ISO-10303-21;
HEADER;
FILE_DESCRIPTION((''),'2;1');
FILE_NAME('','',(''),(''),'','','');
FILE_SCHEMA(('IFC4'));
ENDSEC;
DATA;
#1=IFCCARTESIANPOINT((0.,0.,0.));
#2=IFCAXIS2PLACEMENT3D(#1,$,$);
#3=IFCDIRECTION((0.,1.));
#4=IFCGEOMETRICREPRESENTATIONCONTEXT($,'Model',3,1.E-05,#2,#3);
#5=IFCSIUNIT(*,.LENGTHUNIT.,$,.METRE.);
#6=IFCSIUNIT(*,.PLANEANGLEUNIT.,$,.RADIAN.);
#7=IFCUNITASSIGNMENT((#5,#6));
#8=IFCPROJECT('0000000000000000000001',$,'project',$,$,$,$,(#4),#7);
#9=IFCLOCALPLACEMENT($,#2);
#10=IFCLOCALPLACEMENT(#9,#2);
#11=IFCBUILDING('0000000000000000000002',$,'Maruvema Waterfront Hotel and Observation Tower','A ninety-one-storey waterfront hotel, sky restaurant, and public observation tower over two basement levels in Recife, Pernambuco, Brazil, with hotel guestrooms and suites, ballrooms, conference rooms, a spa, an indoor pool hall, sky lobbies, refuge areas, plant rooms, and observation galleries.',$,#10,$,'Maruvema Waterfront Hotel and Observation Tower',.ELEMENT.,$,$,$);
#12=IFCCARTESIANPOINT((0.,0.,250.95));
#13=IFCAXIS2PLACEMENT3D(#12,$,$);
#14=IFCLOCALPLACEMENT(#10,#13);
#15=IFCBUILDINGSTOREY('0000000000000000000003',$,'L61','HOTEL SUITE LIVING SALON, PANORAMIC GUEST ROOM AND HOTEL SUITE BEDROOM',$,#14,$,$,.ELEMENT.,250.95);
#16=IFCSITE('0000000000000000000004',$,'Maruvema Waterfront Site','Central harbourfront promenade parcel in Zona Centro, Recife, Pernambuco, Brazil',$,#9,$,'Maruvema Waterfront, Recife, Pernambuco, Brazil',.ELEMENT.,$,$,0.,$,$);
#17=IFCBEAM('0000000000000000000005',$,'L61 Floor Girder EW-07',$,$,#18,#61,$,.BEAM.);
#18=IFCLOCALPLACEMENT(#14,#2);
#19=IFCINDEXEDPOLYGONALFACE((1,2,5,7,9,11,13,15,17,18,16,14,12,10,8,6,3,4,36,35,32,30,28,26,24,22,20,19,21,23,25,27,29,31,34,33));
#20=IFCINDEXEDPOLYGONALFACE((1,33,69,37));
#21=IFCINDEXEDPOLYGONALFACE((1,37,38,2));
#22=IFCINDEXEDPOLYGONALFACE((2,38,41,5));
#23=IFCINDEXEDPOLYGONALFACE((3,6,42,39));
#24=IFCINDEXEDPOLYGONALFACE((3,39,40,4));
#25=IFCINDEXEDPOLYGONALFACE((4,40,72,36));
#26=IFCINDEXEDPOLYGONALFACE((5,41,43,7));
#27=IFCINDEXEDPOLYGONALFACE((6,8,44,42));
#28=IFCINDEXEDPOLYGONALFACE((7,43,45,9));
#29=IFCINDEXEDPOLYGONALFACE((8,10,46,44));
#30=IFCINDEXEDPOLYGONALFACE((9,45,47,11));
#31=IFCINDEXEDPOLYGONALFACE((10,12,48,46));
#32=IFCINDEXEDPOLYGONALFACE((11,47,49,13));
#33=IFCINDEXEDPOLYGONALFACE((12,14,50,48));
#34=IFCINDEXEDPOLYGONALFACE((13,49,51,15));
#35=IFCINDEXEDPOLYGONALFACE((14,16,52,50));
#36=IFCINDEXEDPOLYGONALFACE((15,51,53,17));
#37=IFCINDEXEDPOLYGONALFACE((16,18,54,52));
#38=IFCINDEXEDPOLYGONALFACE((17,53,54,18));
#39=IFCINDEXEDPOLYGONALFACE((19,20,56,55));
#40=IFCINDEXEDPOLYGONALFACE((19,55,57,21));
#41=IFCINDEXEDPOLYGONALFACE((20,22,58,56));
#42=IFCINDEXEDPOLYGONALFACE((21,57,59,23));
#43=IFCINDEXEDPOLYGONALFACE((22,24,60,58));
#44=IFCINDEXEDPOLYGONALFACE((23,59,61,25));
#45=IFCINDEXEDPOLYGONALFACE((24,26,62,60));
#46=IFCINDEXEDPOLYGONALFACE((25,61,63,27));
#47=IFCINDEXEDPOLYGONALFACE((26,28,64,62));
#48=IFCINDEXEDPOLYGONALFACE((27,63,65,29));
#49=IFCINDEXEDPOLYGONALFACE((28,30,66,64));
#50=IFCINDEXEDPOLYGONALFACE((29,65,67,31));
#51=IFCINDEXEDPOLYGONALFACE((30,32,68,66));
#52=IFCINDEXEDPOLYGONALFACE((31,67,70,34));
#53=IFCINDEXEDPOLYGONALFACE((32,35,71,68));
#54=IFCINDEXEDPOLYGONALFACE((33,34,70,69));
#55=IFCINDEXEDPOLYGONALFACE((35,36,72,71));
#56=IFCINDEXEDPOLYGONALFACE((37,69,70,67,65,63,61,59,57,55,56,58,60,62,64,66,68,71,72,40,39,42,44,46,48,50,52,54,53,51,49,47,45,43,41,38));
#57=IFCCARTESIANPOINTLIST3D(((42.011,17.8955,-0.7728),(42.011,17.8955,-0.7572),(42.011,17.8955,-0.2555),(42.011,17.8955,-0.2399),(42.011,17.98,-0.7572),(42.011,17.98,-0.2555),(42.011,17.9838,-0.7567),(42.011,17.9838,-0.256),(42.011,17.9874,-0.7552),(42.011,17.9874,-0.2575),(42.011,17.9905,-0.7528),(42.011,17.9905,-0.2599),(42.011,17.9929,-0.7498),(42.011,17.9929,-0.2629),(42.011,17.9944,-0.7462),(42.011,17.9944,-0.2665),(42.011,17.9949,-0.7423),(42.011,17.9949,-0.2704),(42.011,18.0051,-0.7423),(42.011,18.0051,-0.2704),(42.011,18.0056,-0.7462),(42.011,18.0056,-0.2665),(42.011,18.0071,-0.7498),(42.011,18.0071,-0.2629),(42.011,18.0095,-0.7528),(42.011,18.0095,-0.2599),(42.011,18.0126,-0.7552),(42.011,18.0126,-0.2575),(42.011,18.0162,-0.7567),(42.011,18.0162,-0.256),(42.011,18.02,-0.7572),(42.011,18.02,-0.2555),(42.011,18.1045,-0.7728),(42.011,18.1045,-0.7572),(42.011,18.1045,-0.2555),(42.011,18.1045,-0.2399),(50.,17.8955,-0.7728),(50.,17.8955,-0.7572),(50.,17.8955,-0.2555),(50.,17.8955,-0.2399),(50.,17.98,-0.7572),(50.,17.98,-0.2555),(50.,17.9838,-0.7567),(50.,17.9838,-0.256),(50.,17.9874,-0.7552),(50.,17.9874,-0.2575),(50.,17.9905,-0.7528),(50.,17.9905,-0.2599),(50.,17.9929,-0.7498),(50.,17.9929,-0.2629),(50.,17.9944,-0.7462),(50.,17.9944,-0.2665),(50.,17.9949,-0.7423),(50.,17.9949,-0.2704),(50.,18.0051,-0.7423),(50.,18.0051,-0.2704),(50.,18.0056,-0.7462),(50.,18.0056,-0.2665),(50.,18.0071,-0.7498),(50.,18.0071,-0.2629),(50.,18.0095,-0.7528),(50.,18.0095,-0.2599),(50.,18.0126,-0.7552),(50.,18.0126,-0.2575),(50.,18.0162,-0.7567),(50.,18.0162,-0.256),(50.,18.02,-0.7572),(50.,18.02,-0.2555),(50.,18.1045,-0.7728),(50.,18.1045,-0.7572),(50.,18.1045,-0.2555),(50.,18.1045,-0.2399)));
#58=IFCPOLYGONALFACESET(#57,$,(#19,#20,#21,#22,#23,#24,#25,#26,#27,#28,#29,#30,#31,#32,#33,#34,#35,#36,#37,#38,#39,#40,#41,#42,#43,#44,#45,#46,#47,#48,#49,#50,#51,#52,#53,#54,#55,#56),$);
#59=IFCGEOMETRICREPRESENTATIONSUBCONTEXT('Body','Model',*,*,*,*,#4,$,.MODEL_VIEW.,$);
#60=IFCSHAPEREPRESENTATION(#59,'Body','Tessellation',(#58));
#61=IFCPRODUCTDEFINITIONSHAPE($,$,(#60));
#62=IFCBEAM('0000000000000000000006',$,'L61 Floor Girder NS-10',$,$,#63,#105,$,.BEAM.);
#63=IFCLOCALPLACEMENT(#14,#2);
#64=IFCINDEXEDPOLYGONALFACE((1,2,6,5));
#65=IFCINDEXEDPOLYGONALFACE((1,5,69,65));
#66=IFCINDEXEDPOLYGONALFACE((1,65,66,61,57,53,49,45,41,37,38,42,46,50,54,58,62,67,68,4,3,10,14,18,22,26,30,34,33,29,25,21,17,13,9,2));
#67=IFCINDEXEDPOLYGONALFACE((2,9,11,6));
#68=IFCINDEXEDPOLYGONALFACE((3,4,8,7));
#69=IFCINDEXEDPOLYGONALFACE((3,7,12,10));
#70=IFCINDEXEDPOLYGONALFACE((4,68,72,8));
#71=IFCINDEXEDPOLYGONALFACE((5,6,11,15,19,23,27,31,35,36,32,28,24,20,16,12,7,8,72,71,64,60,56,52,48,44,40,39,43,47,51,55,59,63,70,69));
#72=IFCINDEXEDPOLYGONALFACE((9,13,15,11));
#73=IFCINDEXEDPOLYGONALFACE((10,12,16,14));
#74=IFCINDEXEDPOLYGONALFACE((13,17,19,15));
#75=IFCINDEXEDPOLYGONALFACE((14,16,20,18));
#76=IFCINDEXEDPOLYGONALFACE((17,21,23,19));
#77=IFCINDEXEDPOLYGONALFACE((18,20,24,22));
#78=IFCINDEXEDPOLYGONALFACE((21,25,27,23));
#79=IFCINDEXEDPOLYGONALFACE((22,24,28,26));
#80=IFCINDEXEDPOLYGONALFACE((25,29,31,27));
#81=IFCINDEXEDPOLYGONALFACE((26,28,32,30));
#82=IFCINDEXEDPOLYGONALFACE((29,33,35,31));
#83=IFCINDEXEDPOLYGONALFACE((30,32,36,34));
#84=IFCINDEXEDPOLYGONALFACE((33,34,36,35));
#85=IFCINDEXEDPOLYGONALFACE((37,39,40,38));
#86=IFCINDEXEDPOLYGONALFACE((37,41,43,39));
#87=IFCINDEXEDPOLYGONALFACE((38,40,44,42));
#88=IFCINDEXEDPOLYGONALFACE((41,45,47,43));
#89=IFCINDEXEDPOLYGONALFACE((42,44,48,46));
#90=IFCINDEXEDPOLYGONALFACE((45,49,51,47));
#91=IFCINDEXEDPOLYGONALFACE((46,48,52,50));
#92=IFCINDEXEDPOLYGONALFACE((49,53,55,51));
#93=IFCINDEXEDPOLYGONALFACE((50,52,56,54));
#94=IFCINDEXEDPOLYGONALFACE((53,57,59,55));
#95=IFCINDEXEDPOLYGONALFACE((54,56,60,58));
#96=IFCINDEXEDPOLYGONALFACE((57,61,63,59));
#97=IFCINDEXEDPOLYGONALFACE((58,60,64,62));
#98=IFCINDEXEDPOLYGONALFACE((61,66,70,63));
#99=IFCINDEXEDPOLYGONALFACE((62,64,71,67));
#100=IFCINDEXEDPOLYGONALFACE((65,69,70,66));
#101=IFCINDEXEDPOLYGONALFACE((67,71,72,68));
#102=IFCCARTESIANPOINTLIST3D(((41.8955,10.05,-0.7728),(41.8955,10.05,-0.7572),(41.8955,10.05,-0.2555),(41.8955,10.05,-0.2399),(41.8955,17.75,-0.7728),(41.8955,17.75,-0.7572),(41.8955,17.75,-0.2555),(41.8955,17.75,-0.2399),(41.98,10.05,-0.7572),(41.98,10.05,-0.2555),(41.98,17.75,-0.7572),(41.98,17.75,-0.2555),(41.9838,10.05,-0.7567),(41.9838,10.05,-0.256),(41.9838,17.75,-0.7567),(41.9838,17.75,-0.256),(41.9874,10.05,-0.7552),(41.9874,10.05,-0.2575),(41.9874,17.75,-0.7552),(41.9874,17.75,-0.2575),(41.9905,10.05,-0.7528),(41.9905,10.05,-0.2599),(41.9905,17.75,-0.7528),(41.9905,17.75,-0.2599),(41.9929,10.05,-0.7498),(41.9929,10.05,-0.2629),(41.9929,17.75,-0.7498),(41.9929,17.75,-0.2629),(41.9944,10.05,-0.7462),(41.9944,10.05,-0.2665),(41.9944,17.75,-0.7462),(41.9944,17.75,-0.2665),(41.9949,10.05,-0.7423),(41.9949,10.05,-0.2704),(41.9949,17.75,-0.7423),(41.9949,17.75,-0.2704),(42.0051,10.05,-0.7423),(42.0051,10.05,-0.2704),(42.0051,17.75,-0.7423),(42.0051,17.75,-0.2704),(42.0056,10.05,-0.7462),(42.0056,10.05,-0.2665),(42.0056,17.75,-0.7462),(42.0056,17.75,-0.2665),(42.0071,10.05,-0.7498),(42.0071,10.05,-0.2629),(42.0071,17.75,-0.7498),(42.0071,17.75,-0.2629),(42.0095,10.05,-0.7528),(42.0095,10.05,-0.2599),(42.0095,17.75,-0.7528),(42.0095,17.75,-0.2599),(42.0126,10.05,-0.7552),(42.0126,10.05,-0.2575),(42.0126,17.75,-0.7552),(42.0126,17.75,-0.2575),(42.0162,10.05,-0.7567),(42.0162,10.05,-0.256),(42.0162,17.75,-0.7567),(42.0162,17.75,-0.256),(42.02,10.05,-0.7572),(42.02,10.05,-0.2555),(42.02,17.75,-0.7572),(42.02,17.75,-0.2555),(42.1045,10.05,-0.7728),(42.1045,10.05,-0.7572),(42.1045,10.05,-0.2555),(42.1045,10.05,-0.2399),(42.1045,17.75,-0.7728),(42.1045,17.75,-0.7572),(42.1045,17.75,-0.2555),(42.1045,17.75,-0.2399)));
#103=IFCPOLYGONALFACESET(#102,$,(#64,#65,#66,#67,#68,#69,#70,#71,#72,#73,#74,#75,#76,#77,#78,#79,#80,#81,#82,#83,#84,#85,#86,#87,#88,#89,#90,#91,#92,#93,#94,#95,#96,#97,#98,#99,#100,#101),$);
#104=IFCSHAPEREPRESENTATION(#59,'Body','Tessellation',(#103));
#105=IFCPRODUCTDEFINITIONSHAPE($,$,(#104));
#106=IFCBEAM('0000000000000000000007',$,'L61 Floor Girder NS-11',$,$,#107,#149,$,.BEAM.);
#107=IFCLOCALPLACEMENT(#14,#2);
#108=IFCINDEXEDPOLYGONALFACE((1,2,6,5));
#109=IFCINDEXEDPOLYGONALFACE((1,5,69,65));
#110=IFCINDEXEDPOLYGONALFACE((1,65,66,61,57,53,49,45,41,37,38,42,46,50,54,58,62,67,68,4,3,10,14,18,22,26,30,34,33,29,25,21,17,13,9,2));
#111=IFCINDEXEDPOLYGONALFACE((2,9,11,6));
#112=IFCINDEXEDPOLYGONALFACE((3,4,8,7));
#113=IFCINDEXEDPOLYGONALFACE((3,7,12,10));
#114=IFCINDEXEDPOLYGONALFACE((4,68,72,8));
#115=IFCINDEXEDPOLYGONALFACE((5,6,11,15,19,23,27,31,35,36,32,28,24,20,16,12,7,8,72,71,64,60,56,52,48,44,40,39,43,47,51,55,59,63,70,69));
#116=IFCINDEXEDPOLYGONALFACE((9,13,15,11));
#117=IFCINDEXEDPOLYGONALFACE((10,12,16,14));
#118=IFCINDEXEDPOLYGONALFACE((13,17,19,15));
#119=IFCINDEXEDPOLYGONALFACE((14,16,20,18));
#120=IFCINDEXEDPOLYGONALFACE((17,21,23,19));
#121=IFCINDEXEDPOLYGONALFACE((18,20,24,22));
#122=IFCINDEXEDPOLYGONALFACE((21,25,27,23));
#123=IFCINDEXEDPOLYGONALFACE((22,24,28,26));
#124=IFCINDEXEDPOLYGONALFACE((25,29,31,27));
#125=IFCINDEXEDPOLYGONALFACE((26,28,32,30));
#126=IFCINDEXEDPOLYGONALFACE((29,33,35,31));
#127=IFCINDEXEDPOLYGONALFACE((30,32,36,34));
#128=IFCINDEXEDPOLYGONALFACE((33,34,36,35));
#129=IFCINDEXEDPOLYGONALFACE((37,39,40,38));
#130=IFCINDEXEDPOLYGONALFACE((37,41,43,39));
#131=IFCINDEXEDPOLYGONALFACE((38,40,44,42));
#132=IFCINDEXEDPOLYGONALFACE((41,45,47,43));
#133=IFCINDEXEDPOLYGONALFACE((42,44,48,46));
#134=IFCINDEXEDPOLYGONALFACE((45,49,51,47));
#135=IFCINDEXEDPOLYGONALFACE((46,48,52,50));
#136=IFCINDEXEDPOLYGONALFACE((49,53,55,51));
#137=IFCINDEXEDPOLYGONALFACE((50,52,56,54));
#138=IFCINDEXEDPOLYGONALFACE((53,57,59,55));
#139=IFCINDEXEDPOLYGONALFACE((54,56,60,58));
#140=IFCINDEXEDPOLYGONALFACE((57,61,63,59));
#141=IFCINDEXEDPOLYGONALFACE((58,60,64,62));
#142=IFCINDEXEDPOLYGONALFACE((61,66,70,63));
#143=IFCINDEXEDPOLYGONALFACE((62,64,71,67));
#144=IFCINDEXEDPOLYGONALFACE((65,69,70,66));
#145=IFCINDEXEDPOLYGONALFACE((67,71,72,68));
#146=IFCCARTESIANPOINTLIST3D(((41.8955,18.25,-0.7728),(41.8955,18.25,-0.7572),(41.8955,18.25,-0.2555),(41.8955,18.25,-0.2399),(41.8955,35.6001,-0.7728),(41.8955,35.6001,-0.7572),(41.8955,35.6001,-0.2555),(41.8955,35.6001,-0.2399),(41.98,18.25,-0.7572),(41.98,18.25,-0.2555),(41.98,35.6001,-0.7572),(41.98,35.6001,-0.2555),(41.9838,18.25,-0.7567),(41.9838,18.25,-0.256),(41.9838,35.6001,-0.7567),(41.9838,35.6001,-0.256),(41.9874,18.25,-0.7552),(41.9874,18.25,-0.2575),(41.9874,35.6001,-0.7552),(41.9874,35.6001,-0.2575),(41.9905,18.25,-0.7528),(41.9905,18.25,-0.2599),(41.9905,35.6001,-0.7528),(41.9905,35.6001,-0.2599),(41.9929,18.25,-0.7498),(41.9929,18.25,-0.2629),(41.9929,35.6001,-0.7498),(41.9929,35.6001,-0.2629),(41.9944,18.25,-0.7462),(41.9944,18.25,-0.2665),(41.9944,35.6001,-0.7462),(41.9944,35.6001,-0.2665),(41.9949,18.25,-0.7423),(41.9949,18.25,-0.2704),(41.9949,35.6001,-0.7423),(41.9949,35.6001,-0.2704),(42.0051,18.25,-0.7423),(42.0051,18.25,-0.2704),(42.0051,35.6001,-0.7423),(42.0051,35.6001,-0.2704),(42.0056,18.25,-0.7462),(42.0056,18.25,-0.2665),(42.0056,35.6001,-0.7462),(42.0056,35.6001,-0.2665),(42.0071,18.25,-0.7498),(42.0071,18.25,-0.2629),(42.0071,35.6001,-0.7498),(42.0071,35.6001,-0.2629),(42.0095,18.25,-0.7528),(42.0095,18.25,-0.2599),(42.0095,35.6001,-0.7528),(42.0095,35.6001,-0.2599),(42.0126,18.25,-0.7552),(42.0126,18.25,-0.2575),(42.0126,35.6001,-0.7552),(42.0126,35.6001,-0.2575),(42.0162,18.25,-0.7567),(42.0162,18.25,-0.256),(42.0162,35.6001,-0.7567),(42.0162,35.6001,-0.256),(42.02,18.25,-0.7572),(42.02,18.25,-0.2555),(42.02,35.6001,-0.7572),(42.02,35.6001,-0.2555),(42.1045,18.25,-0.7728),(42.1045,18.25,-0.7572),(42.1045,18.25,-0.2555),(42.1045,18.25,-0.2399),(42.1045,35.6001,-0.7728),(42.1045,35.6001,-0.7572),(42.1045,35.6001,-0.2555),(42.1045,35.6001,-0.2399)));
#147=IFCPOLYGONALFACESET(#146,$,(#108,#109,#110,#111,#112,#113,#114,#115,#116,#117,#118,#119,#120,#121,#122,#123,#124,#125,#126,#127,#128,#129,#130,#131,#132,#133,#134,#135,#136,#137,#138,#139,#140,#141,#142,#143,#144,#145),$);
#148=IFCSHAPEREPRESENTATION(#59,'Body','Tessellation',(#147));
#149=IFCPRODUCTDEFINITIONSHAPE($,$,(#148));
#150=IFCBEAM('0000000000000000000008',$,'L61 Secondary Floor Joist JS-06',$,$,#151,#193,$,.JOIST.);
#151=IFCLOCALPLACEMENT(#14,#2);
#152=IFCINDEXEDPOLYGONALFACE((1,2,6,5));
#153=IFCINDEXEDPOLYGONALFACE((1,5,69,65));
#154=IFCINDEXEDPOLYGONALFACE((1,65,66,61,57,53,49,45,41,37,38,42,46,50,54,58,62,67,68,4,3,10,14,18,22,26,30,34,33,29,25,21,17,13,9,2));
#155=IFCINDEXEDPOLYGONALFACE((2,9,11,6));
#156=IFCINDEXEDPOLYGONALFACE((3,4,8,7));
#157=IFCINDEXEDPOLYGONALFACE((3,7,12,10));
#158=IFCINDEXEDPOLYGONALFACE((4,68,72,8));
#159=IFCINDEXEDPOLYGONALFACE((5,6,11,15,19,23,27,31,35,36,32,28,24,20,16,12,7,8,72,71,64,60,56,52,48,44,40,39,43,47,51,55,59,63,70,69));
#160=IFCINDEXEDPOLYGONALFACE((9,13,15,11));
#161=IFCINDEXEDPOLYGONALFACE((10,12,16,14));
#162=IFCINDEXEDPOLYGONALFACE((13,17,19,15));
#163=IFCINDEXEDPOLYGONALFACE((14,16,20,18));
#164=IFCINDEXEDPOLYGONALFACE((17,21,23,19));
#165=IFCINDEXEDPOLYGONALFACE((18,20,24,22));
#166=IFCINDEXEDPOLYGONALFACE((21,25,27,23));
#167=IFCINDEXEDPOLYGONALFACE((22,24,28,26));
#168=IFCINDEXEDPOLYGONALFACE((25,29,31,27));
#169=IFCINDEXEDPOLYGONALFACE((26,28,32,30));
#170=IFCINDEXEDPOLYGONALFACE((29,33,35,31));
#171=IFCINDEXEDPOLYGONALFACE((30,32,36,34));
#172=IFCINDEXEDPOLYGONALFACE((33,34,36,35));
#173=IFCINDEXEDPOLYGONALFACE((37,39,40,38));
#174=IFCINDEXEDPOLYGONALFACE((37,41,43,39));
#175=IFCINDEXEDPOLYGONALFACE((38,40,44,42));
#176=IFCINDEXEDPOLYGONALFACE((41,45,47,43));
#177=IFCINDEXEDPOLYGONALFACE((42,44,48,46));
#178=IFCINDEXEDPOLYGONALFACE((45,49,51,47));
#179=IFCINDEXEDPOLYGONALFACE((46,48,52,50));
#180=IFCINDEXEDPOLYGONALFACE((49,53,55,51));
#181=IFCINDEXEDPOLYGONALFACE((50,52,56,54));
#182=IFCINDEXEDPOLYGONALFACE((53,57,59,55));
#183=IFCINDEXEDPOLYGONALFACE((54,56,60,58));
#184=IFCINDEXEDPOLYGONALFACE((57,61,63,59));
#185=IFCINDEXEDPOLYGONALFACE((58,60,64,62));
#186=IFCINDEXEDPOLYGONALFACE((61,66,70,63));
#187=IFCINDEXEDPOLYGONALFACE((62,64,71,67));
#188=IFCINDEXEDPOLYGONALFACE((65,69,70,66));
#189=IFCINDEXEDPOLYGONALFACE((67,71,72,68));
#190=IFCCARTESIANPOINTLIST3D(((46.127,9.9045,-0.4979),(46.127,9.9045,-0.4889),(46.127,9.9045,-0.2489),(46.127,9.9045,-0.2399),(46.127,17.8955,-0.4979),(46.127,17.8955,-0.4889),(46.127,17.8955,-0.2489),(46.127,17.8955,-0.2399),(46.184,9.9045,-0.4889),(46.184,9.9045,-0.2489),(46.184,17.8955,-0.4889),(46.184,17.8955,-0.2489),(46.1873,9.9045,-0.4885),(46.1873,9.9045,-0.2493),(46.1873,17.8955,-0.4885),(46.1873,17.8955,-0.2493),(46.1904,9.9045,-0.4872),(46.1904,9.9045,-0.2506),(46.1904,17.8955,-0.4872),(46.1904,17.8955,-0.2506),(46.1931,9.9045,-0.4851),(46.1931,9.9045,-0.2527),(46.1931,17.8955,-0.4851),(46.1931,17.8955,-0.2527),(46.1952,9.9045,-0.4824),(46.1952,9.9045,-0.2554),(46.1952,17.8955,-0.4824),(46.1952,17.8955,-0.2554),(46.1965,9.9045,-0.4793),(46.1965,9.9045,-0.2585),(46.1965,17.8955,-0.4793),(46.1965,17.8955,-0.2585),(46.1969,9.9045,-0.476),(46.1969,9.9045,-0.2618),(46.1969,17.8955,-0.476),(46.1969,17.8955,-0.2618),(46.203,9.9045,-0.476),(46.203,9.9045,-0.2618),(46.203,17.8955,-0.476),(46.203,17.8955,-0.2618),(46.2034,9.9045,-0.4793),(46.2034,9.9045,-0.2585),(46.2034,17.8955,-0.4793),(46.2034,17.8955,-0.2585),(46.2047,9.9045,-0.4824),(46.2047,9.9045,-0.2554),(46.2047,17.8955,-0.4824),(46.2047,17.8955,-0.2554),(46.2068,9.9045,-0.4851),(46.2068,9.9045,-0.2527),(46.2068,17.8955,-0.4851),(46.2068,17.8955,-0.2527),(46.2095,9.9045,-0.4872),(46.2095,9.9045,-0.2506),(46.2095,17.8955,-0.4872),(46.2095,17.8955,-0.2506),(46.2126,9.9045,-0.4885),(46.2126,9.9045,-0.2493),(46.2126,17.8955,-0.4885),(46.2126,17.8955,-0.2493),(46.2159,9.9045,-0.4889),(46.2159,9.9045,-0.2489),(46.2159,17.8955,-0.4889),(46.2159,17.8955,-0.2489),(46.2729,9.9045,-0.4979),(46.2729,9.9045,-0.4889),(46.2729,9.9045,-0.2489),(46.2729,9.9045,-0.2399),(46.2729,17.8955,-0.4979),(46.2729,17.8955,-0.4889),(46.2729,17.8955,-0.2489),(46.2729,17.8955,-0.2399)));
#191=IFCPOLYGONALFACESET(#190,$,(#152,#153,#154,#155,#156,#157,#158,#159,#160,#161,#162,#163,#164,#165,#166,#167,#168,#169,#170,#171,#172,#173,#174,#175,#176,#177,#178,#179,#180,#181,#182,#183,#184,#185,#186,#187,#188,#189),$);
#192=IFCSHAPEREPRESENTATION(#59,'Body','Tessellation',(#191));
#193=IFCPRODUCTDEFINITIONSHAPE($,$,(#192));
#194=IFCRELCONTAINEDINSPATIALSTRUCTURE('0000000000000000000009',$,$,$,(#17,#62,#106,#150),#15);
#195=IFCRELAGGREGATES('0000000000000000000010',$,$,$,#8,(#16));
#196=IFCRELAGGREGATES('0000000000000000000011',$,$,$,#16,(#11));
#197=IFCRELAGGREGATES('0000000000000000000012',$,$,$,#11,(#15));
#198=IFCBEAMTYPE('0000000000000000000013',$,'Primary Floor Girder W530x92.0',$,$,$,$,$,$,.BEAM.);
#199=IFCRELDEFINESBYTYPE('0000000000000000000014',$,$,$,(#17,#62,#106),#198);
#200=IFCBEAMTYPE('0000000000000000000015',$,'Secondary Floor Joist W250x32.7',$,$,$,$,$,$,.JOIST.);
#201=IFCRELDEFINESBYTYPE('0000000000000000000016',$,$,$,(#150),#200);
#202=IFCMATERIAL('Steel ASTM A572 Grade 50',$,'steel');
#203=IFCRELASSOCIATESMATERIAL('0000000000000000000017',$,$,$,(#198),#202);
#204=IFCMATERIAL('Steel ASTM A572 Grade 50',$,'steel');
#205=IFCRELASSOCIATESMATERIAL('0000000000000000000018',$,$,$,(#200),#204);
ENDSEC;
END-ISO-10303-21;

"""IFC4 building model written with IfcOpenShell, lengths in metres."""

from ifc_helpers import new_model, si_unit, direction, frame, origin, origin_2d, place, context, subcontext, project, spatial, i_section, extrude, material, material_profile, profile_set, type_object, element, save


model = new_model("IFC4")

# Units and contexts
model_context = context("Model", 3, precision=1e-05, world=origin(), true_north=direction((0.0, 1.0)))
body_context = subcontext(model_context, "Body", "Model", "MODEL_VIEW")
ifc_project = project(units=[si_unit("LENGTHUNIT", "METRE"), si_unit("PLANEANGLEUNIT", "RADIAN")], contexts=[model_context])

# Site, building, storey
site_placement = place(None, origin())
site = spatial("IfcSite", under=ifc_project, at=site_placement, Name="Maruvema Waterfront Site", Description="Central harbourfront promenade parcel in Zona Centro, Recife, Pernambuco, Brazil", LongName="Maruvema Waterfront, Recife, Pernambuco, Brazil", CompositionType="ELEMENT", RefElevation=0.0)
building_placement = place(site_placement, origin())
building = spatial("IfcBuilding", under=site, at=building_placement, Name="Maruvema Waterfront Hotel and Observation Tower", Description="A ninety-one-storey waterfront hotel, sky restaurant, and public observation tower over two basement levels in Recife, Pernambuco, Brazil, with hotel guestrooms and suites, ballrooms, conference rooms, a spa, an indoor pool hall, sky lobbies, refuge areas, plant rooms, and observation galleries.", LongName="Maruvema Waterfront Hotel and Observation Tower", CompositionType="ELEMENT")
storey_placement = place(building_placement, frame((0.0, 0.0, 250.95)))
storey = spatial("IfcBuildingStorey", under=building, at=storey_placement, Name="L61", Description="HOTEL SUITE LIVING SALON, PANORAMIC GUEST ROOM AND HOTEL SUITE BEDROOM", CompositionType="ELEMENT", Elevation=250.95)

# Beams
ifc_material_1 = material(Name="Steel ASTM A572 Grade 50", Category="steel")
ifc_material_profile_1 = material_profile(ifc_material_1, i_section(OverallWidth=0.209, OverallDepth=0.533, WebThickness=0.0103, FlangeThickness=0.0156, FilletRadius=0.0149, at=origin_2d()), Name="W530x92.0")
ifc_profile_set_1 = profile_set([ifc_material_profile_1], Name="Steel ASTM A572 Grade 50")
beam_type_1 = type_object("IfcBeamType", Name="Primary Floor Girder W530x92.0", PredefinedType="BEAM", material=ifc_profile_set_1)
beam_1_placement = place(storey_placement, frame((42.011, 18.0, -0.5063), z_axis=(1.0, 0.0, 0.0), x_axis=(0.0, 1.0, 0.0)))
element("IfcBeam", 1, at=beam_1_placement, inside=storey, type_object=beam_type_1, Name="L61 Floor Girder EW-07", PredefinedType="BEAM", context=body_context, shape_type="SweptSolid", body=[
    extrude(i_section(OverallWidth=0.209, OverallDepth=0.533, WebThickness=0.0103, FlangeThickness=0.0156, FilletRadius=0.0149, at=origin_2d()), origin(), (0.0, 0.0, 1.0), 7.989),
])
beam_2_placement = place(storey_placement, frame((42.0, 10.05, -0.5063), z_axis=(0.0, 1.0, 0.0), x_axis=(-1.0, 0.0, 0.0)))
element("IfcBeam", 2, at=beam_2_placement, inside=storey, type_object=beam_type_1, Name="L61 Floor Girder NS-10", PredefinedType="BEAM", context=body_context, shape_type="SweptSolid", body=[
    extrude(i_section(OverallWidth=0.209, OverallDepth=0.533, WebThickness=0.0103, FlangeThickness=0.0156, FilletRadius=0.0149, at=origin_2d()), origin(), (0.0, 0.0, 1.0), 7.7),
])
beam_3_placement = place(storey_placement, frame((42.0, 18.25, -0.5063), z_axis=(0.0, 1.0, 0.0), x_axis=(-1.0, 0.0, 0.0)))
element("IfcBeam", 3, at=beam_3_placement, inside=storey, type_object=beam_type_1, Name="L61 Floor Girder NS-11", PredefinedType="BEAM", context=body_context, shape_type="SweptSolid", body=[
    extrude(i_section(OverallWidth=0.209, OverallDepth=0.533, WebThickness=0.0103, FlangeThickness=0.0156, FilletRadius=0.0149, at=origin_2d()), origin(), (0.0, 0.0, 1.0), 17.3501),
])
ifc_material_2 = material(Name="Steel ASTM A572 Grade 50", Category="steel")
ifc_material_profile_2 = material_profile(ifc_material_2, i_section(OverallWidth=0.146, OverallDepth=0.2581, WebThickness=0.0061, FlangeThickness=0.009, FilletRadius=0.0129, at=origin_2d()), Name="W250x32.7")
ifc_profile_set_2 = profile_set([ifc_material_profile_2], Name="Steel ASTM A572 Grade 50")
beam_type_2 = type_object("IfcBeamType", Name="Secondary Floor Joist W250x32.7", PredefinedType="JOIST", material=ifc_profile_set_2)
beam_4_placement = place(storey_placement, frame((46.2, 9.9045, -0.3689), z_axis=(0.0, 1.0, 0.0), x_axis=(-1.0, 0.0, 0.0)))
element("IfcBeam", 4, at=beam_4_placement, inside=storey, type_object=beam_type_2, Name="L61 Secondary Floor Joist JS-06", PredefinedType="JOIST", context=body_context, shape_type="SweptSolid", body=[
    extrude(i_section(OverallWidth=0.146, OverallDepth=0.2581, WebThickness=0.0061, FlangeThickness=0.009, FilletRadius=0.0129, at=origin_2d()), origin(), (0.0, 0.0, 1.0), 7.991),
])

save(model, "model.ifc")
